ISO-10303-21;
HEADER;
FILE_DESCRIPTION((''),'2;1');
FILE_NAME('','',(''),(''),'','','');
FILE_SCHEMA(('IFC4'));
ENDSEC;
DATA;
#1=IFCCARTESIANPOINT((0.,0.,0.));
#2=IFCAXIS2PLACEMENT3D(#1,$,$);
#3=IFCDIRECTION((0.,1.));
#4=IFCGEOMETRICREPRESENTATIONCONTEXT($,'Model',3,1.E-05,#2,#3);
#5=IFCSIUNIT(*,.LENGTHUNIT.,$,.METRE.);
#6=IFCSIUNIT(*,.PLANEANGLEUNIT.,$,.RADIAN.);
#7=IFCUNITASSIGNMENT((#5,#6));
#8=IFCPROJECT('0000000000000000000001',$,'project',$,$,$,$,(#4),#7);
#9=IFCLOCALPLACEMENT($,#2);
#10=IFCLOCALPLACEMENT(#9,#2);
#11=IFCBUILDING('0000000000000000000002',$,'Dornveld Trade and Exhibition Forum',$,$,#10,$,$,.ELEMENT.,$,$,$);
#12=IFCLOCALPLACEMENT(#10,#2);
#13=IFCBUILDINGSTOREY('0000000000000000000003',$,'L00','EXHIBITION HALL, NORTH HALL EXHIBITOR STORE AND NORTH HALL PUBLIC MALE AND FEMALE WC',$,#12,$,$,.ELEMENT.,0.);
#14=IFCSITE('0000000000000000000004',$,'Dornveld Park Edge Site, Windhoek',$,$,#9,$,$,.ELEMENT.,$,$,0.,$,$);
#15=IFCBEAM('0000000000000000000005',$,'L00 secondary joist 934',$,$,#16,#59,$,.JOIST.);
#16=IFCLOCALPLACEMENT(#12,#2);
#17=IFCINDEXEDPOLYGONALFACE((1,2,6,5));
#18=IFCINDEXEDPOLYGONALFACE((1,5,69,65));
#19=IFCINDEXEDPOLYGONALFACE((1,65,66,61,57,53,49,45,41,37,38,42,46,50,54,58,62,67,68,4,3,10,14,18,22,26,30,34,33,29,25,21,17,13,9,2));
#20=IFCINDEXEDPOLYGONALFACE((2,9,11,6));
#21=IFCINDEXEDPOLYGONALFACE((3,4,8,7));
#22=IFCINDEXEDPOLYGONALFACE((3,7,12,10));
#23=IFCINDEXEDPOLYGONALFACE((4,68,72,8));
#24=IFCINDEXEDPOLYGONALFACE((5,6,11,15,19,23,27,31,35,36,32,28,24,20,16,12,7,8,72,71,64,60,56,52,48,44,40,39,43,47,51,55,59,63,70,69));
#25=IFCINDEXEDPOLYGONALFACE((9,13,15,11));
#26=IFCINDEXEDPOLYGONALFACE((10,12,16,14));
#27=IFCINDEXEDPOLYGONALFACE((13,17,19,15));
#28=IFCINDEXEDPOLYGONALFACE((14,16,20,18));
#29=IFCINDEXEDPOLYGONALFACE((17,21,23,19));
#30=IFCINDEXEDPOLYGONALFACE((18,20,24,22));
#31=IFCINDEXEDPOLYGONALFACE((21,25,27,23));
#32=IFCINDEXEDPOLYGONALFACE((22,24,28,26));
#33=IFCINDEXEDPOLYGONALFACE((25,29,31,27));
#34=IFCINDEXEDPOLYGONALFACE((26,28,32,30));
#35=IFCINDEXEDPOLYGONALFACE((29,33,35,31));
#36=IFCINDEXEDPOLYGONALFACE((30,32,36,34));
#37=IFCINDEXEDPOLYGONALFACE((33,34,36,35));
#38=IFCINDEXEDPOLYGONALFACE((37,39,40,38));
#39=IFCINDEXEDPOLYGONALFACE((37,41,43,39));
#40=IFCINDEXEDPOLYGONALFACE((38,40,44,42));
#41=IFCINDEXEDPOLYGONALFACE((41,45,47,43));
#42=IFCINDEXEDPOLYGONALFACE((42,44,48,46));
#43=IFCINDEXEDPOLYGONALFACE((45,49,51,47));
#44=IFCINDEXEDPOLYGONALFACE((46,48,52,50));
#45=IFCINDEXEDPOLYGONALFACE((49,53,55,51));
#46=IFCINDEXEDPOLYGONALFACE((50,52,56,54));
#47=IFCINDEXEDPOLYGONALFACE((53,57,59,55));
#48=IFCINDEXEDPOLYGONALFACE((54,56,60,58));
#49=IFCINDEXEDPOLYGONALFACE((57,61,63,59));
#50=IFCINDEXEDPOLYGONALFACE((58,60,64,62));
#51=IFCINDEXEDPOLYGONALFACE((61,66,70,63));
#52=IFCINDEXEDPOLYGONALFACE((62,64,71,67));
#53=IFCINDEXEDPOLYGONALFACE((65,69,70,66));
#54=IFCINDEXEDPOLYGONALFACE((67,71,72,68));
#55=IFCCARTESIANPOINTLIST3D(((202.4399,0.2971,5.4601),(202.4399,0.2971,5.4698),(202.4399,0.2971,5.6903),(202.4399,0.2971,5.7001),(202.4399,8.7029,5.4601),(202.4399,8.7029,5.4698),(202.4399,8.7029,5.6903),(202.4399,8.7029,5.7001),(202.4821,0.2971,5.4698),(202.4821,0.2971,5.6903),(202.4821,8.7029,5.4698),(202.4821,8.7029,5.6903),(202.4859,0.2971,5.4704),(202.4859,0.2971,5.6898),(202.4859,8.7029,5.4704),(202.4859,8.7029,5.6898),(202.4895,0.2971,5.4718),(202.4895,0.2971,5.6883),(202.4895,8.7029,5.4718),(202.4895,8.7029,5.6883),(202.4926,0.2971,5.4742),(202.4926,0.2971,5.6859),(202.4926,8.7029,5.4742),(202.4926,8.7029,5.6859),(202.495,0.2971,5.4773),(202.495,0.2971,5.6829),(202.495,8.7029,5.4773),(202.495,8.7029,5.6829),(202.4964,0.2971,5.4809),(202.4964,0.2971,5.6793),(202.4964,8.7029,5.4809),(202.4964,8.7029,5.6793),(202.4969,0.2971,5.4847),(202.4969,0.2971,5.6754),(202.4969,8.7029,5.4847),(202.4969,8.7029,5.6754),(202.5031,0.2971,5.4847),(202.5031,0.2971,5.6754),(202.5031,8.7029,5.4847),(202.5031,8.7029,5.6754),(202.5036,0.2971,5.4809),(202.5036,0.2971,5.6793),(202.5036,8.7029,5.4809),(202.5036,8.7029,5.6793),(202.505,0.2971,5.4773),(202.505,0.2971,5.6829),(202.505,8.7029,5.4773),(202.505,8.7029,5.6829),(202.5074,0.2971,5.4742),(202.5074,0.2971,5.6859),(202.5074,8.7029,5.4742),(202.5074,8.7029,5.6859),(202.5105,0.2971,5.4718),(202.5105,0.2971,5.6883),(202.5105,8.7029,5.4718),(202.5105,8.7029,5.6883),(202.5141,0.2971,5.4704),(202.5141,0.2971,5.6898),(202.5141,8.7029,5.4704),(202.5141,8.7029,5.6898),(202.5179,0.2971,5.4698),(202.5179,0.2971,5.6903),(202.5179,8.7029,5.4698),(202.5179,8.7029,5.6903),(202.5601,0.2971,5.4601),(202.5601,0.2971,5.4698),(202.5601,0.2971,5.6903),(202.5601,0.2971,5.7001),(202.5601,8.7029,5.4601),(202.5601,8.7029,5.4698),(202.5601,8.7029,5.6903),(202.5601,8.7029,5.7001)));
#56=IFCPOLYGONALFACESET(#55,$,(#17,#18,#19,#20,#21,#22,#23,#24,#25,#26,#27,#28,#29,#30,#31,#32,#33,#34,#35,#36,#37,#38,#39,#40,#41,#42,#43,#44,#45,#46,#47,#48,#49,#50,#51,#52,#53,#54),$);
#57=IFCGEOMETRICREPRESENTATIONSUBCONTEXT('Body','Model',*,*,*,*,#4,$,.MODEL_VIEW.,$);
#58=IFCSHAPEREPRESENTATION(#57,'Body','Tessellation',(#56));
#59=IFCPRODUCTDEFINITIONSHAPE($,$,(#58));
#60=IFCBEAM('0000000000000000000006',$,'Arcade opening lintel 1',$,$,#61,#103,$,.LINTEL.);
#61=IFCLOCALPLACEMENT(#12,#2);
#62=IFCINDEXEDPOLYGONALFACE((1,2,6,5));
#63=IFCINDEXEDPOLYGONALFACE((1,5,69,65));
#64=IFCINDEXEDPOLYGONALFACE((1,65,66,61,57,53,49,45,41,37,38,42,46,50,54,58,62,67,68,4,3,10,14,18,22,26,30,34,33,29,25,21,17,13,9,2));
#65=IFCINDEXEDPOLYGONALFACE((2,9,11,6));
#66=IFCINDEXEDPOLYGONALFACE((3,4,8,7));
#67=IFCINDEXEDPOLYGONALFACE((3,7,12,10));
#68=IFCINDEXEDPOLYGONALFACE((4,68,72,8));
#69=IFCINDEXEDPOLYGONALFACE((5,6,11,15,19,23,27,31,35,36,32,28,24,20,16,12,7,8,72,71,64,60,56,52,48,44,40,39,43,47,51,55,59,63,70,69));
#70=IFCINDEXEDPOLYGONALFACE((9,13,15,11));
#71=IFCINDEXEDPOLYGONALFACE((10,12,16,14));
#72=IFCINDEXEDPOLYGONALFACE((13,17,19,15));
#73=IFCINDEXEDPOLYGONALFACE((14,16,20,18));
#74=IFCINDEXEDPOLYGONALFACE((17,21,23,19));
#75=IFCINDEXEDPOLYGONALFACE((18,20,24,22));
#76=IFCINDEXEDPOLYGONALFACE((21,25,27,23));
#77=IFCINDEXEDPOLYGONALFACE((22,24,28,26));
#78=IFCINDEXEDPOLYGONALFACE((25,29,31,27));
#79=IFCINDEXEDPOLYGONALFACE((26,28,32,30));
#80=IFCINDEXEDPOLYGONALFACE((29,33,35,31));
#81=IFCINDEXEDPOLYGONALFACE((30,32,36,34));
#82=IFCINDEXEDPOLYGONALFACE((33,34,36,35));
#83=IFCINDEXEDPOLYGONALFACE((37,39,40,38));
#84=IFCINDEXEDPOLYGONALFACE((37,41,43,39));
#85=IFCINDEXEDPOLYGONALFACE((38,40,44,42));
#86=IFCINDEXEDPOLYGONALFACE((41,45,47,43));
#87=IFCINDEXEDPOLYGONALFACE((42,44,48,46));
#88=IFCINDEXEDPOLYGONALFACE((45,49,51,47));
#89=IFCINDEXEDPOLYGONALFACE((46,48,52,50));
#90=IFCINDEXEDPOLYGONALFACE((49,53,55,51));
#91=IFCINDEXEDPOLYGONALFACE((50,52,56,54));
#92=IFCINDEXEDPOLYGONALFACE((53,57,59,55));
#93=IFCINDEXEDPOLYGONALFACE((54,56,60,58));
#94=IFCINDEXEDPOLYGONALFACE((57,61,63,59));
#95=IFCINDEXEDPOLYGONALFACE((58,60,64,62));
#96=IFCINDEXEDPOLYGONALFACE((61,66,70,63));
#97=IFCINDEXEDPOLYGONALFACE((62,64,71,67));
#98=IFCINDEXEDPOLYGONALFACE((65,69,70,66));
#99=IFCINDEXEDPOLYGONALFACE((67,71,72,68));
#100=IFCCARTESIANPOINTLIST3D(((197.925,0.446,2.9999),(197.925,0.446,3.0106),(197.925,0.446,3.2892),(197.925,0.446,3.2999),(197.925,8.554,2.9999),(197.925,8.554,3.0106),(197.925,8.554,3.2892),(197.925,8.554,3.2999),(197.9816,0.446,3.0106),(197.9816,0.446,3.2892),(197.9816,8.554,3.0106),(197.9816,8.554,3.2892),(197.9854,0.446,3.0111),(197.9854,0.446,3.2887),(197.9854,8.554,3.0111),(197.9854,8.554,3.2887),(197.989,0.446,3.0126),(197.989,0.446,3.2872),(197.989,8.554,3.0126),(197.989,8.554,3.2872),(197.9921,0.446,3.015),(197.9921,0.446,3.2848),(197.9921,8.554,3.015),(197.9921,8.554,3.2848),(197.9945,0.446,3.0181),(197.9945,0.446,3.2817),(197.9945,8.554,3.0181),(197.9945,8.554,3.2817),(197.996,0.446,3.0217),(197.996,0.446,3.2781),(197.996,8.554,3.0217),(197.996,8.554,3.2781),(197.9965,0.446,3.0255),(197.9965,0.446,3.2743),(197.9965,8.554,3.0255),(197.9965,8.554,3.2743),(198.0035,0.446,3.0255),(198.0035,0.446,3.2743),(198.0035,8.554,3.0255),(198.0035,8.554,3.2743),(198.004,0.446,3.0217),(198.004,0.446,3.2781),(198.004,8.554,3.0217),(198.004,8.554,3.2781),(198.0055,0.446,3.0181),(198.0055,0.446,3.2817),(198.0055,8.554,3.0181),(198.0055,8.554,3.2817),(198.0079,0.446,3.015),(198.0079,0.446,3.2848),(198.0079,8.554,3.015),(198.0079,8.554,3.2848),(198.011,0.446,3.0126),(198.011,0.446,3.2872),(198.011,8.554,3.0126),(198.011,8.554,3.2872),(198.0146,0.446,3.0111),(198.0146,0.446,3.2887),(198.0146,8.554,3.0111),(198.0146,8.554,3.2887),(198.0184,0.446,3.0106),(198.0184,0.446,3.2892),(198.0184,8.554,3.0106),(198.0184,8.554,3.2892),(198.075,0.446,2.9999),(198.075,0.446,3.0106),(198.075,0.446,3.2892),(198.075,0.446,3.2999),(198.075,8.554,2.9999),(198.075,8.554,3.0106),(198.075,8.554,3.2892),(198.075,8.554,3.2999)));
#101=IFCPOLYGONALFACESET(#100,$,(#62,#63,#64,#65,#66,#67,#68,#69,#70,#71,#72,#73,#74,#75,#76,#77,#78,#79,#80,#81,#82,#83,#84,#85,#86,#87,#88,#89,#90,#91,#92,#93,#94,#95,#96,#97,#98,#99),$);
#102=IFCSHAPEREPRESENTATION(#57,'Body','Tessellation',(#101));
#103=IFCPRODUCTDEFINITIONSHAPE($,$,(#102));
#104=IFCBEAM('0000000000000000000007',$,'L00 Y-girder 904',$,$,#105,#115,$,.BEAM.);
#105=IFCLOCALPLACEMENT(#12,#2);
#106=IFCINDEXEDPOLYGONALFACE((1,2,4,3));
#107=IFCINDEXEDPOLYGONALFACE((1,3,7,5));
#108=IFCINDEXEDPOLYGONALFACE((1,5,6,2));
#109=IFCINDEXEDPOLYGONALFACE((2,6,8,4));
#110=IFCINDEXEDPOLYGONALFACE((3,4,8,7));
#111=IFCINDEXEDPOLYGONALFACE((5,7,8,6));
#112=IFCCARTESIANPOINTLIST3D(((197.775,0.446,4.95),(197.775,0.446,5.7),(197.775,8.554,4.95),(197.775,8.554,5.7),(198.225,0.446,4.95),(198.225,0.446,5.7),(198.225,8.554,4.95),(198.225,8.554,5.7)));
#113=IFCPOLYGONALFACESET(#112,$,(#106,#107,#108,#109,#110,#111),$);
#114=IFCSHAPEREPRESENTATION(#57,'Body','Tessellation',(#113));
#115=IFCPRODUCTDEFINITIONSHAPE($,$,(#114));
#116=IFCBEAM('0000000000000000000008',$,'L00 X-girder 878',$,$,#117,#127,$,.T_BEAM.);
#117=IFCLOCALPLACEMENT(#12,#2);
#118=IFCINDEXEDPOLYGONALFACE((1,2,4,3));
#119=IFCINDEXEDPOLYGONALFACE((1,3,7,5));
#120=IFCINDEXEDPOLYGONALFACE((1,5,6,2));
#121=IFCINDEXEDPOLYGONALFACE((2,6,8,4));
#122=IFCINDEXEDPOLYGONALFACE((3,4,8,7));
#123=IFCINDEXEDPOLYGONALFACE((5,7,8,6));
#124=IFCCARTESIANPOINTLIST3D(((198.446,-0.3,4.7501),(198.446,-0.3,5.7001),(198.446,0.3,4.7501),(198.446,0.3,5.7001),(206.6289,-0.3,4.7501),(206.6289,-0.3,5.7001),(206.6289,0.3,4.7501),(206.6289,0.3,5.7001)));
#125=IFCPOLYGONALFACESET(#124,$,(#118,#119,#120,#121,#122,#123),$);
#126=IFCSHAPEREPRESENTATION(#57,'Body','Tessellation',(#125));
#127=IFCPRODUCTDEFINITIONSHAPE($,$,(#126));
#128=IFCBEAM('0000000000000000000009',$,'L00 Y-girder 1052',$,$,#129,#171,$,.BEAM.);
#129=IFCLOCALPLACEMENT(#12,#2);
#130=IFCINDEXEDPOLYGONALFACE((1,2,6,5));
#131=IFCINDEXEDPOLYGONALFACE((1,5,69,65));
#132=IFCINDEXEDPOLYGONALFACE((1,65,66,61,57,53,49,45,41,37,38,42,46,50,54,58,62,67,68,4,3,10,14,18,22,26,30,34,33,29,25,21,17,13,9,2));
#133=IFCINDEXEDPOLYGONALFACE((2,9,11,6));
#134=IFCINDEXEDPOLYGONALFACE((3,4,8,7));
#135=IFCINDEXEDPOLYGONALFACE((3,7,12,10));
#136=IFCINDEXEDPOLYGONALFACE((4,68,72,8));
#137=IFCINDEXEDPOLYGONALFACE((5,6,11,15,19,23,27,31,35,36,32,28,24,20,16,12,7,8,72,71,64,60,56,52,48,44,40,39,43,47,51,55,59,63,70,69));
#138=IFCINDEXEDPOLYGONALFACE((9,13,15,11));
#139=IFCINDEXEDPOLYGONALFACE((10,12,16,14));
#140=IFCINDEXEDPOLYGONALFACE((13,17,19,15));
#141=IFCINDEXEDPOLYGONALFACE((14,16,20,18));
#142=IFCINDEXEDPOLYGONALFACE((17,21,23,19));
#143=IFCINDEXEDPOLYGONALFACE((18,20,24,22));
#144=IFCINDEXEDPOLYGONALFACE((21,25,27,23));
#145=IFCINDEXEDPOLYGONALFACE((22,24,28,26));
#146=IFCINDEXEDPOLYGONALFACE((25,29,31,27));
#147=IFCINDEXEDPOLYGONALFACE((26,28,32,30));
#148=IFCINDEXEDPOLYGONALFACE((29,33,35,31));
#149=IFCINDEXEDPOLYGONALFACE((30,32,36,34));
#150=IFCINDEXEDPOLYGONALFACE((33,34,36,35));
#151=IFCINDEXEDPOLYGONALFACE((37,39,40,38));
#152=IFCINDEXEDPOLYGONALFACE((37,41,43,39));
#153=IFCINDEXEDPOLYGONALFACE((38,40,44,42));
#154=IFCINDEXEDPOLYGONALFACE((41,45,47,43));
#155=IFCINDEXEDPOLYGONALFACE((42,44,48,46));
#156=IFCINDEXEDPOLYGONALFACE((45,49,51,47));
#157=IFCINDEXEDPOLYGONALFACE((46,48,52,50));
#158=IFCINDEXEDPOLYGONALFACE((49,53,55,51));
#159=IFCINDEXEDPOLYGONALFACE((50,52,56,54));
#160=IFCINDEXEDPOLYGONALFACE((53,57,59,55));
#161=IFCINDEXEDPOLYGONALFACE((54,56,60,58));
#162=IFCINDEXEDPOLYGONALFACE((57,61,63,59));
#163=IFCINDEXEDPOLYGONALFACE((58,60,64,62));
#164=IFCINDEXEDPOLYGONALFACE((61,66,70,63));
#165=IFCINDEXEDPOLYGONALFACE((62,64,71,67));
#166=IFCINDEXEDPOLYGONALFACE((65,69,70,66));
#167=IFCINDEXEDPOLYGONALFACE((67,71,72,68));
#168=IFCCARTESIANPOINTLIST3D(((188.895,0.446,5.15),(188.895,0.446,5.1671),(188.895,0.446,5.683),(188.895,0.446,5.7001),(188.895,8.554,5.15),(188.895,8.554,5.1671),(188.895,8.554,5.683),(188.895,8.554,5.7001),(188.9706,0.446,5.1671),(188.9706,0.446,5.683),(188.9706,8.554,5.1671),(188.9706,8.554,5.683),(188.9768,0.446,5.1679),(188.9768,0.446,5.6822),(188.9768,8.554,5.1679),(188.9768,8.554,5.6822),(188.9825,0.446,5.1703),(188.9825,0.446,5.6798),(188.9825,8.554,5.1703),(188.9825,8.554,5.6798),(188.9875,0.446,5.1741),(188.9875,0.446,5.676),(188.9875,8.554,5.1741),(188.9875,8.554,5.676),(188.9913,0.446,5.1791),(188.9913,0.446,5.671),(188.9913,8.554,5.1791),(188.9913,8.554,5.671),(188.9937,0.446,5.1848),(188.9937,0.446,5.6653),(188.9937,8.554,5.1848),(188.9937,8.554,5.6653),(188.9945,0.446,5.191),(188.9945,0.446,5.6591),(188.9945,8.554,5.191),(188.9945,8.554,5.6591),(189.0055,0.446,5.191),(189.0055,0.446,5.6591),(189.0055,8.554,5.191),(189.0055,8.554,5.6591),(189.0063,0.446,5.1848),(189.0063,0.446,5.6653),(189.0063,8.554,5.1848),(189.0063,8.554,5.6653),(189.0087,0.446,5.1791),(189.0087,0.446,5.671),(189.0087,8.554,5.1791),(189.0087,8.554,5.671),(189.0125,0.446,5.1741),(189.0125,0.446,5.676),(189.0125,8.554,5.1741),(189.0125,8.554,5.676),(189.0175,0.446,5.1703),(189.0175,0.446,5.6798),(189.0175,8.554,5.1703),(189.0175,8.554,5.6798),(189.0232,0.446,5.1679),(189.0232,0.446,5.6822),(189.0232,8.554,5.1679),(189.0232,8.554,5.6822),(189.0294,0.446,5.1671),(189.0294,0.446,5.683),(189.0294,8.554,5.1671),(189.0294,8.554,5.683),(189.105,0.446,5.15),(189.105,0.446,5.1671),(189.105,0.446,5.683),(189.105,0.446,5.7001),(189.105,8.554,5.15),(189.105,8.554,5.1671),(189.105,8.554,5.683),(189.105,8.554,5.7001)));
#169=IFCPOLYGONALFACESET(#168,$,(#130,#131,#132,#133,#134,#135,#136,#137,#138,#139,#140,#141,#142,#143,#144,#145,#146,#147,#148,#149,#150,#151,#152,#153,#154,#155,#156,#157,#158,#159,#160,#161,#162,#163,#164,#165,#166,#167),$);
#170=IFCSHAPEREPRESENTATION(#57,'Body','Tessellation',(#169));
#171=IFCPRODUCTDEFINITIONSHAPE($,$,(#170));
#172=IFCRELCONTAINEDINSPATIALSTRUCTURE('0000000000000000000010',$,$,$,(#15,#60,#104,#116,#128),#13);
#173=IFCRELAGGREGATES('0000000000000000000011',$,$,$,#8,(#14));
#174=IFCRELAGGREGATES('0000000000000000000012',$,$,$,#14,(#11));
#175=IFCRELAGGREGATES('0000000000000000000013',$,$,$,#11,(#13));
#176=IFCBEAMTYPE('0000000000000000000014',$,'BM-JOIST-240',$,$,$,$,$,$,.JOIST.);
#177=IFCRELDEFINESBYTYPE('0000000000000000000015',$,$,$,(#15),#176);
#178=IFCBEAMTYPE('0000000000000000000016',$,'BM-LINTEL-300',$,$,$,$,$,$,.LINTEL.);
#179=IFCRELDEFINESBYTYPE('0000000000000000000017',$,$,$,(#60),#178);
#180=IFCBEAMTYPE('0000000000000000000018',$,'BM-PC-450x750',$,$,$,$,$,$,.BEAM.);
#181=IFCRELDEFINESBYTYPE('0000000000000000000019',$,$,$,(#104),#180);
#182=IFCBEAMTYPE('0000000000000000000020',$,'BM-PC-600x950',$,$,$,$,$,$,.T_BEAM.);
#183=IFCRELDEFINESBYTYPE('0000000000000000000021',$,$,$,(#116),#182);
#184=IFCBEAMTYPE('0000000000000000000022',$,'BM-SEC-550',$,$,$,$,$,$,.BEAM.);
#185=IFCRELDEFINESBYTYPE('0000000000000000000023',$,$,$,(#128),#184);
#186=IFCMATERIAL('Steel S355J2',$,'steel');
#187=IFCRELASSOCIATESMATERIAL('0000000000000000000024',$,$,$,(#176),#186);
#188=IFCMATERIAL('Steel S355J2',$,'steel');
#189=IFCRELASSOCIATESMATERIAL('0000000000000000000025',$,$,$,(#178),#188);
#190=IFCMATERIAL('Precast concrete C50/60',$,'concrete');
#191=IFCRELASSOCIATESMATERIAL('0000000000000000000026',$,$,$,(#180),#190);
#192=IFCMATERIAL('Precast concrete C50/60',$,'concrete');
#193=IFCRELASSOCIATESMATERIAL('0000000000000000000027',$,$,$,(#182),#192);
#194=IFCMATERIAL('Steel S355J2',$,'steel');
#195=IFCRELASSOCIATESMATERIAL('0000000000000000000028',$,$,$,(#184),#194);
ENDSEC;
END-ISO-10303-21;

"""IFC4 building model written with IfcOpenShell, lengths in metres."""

from ifc_helpers import new_model, si_unit, direction, frame, origin, origin_2d, place, context, subcontext, project, spatial, rectangle, i_section, extrude, material, material_profile, profile_set, type_object, element, save


model = new_model("IFC4")

# Units and contexts
model_context = context("Model", 3, precision=1e-05, world=origin(), true_north=direction((0.0, 1.0)))
body_context = subcontext(model_context, "Body", "Model", "MODEL_VIEW")
ifc_project = project(units=[si_unit("LENGTHUNIT", "METRE"), si_unit("PLANEANGLEUNIT", "RADIAN")], contexts=[model_context])

# Site, building, storey
site_placement = place(None, origin())
site = spatial("IfcSite", under=ifc_project, at=site_placement, Name="Dornveld Park Edge Site, Windhoek", CompositionType="ELEMENT", RefElevation=0.0)
building_placement = place(site_placement, origin())
building = spatial("IfcBuilding", under=site, at=building_placement, Name="Dornveld Trade and Exhibition Forum", CompositionType="ELEMENT")
storey_placement = place(building_placement, origin())
storey = spatial("IfcBuildingStorey", under=building, at=storey_placement, Name="L00", Description="EXHIBITION HALL, NORTH HALL EXHIBITOR STORE AND NORTH HALL PUBLIC MALE AND FEMALE WC", CompositionType="ELEMENT", Elevation=0.0)

# Beams
ifc_material_1 = material(Name="Steel S355J2", Category="steel")
ifc_material_profile_1 = material_profile(ifc_material_1, i_section(OverallWidth=0.1201, OverallDepth=0.24, WebThickness=0.0061, FlangeThickness=0.0098, FilletRadius=0.0149, at=origin_2d()), Name="IPE 240")
ifc_profile_set_1 = profile_set([ifc_material_profile_1], Name="Steel S355J2")
beam_type_1 = type_object("IfcBeamType", Name="BM-JOIST-240", PredefinedType="JOIST", material=ifc_profile_set_1)
beam_1_placement = place(storey_placement, frame((202.5, 0.2971, 5.5801), z_axis=(0.0, 1.0, 0.0), x_axis=(-1.0, 0.0, 0.0)))
element("IfcBeam", 1, at=beam_1_placement, inside=storey, type_object=beam_type_1, Name="L00 secondary joist 934", PredefinedType="JOIST", context=body_context, shape_type="SweptSolid", body=[
    extrude(i_section(OverallWidth=0.1201, OverallDepth=0.24, WebThickness=0.0061, FlangeThickness=0.0098, FilletRadius=0.0149, at=origin_2d()), origin(), (0.0, 0.0, 1.0), 8.4058),
])
ifc_material_2 = material(Name="Steel S355J2", Category="steel")
ifc_material_profile_2 = material_profile(ifc_material_2, i_section(OverallWidth=0.1499, OverallDepth=0.3, WebThickness=0.0071, FlangeThickness=0.0107, FilletRadius=0.0149, at=origin_2d()), Name="IPE 300")
ifc_profile_set_2 = profile_set([ifc_material_profile_2], Name="Steel S355J2")
beam_type_2 = type_object("IfcBeamType", Name="BM-LINTEL-300", PredefinedType="LINTEL", material=ifc_profile_set_2)
beam_2_placement = place(storey_placement, frame((198.0, 0.446, 3.1499), z_axis=(0.0, 1.0, 0.0), x_axis=(-1.0, 0.0, 0.0)))
element("IfcBeam", 2, at=beam_2_placement, inside=storey, type_object=beam_type_2, Name="Arcade opening lintel 1", PredefinedType="LINTEL", context=body_context, shape_type="SweptSolid", body=[
    extrude(i_section(OverallWidth=0.1499, OverallDepth=0.3, WebThickness=0.0071, FlangeThickness=0.0107, FilletRadius=0.0149, at=origin_2d()), origin(), (0.0, 0.0, 1.0), 8.1079),
])
ifc_material_3 = material(Name="Precast concrete C50/60", Category="concrete")
ifc_material_profile_3 = material_profile(ifc_material_3, rectangle(XDim=0.45, YDim=0.75, at=origin_2d()), Name="PC-BM 450x750")
ifc_profile_set_3 = profile_set([ifc_material_profile_3], Name="Precast concrete C50/60")
beam_type_3 = type_object("IfcBeamType", Name="BM-PC-450x750", PredefinedType="BEAM", material=ifc_profile_set_3)
beam_3_placement = place(storey_placement, frame((198.0, 0.446, 5.325), z_axis=(0.0, 1.0, 0.0), x_axis=(-1.0, 0.0, 0.0)))
element("IfcBeam", 3, at=beam_3_placement, inside=storey, type_object=beam_type_3, Name="L00 Y-girder 904", PredefinedType="BEAM", context=body_context, shape_type="SweptSolid", body=[
    extrude(rectangle(XDim=0.45, YDim=0.75, at=origin_2d()), origin(), (0.0, 0.0, 1.0), 8.1079),
])
ifc_material_4 = material(Name="Precast concrete C50/60", Category="concrete")
ifc_material_profile_4 = material_profile(ifc_material_4, rectangle(XDim=0.6001, YDim=0.95, at=origin_2d()), Name="PC-GIR 600x950")
ifc_profile_set_4 = profile_set([ifc_material_profile_4], Name="Precast concrete C50/60")
beam_type_4 = type_object("IfcBeamType", Name="BM-PC-600x950", PredefinedType="T_BEAM", material=ifc_profile_set_4)
beam_4_placement = place(storey_placement, frame((198.446, 0.0, 5.2251), z_axis=(1.0, 0.0, 0.0), x_axis=(0.0, 1.0, 0.0)))
element("IfcBeam", 4, at=beam_4_placement, inside=storey, type_object=beam_type_4, Name="L00 X-girder 878", PredefinedType="T_BEAM", context=body_context, shape_type="SweptSolid", body=[
    extrude(rectangle(XDim=0.6001, YDim=0.95, at=origin_2d()), origin(), (0.0, 0.0, 1.0), 8.1829),
])
ifc_material_5 = material(Name="Steel S355J2", Category="steel")
ifc_material_profile_5 = material_profile(ifc_material_5, i_section(OverallWidth=0.21, OverallDepth=0.55, WebThickness=0.011, FlangeThickness=0.0171, FilletRadius=0.0239, at=origin_2d()), Name="IPE 550")
ifc_profile_set_5 = profile_set([ifc_material_profile_5], Name="Steel S355J2")
beam_type_5 = type_object("IfcBeamType", Name="BM-SEC-550", PredefinedType="BEAM", material=ifc_profile_set_5)
beam_5_placement = place(storey_placement, frame((189.0, 0.446, 5.425), z_axis=(0.0, 1.0, 0.0), x_axis=(-1.0, 0.0, 0.0)))
element("IfcBeam", 5, at=beam_5_placement, inside=storey, type_object=beam_type_5, Name="L00 Y-girder 1052", PredefinedType="BEAM", context=body_context, shape_type="SweptSolid", body=[
    extrude(i_section(OverallWidth=0.21, OverallDepth=0.55, WebThickness=0.011, FlangeThickness=0.0171, FilletRadius=0.0239, at=origin_2d()), origin(), (0.0, 0.0, 1.0), 8.1079),
])

save(model, "model.ifc")
